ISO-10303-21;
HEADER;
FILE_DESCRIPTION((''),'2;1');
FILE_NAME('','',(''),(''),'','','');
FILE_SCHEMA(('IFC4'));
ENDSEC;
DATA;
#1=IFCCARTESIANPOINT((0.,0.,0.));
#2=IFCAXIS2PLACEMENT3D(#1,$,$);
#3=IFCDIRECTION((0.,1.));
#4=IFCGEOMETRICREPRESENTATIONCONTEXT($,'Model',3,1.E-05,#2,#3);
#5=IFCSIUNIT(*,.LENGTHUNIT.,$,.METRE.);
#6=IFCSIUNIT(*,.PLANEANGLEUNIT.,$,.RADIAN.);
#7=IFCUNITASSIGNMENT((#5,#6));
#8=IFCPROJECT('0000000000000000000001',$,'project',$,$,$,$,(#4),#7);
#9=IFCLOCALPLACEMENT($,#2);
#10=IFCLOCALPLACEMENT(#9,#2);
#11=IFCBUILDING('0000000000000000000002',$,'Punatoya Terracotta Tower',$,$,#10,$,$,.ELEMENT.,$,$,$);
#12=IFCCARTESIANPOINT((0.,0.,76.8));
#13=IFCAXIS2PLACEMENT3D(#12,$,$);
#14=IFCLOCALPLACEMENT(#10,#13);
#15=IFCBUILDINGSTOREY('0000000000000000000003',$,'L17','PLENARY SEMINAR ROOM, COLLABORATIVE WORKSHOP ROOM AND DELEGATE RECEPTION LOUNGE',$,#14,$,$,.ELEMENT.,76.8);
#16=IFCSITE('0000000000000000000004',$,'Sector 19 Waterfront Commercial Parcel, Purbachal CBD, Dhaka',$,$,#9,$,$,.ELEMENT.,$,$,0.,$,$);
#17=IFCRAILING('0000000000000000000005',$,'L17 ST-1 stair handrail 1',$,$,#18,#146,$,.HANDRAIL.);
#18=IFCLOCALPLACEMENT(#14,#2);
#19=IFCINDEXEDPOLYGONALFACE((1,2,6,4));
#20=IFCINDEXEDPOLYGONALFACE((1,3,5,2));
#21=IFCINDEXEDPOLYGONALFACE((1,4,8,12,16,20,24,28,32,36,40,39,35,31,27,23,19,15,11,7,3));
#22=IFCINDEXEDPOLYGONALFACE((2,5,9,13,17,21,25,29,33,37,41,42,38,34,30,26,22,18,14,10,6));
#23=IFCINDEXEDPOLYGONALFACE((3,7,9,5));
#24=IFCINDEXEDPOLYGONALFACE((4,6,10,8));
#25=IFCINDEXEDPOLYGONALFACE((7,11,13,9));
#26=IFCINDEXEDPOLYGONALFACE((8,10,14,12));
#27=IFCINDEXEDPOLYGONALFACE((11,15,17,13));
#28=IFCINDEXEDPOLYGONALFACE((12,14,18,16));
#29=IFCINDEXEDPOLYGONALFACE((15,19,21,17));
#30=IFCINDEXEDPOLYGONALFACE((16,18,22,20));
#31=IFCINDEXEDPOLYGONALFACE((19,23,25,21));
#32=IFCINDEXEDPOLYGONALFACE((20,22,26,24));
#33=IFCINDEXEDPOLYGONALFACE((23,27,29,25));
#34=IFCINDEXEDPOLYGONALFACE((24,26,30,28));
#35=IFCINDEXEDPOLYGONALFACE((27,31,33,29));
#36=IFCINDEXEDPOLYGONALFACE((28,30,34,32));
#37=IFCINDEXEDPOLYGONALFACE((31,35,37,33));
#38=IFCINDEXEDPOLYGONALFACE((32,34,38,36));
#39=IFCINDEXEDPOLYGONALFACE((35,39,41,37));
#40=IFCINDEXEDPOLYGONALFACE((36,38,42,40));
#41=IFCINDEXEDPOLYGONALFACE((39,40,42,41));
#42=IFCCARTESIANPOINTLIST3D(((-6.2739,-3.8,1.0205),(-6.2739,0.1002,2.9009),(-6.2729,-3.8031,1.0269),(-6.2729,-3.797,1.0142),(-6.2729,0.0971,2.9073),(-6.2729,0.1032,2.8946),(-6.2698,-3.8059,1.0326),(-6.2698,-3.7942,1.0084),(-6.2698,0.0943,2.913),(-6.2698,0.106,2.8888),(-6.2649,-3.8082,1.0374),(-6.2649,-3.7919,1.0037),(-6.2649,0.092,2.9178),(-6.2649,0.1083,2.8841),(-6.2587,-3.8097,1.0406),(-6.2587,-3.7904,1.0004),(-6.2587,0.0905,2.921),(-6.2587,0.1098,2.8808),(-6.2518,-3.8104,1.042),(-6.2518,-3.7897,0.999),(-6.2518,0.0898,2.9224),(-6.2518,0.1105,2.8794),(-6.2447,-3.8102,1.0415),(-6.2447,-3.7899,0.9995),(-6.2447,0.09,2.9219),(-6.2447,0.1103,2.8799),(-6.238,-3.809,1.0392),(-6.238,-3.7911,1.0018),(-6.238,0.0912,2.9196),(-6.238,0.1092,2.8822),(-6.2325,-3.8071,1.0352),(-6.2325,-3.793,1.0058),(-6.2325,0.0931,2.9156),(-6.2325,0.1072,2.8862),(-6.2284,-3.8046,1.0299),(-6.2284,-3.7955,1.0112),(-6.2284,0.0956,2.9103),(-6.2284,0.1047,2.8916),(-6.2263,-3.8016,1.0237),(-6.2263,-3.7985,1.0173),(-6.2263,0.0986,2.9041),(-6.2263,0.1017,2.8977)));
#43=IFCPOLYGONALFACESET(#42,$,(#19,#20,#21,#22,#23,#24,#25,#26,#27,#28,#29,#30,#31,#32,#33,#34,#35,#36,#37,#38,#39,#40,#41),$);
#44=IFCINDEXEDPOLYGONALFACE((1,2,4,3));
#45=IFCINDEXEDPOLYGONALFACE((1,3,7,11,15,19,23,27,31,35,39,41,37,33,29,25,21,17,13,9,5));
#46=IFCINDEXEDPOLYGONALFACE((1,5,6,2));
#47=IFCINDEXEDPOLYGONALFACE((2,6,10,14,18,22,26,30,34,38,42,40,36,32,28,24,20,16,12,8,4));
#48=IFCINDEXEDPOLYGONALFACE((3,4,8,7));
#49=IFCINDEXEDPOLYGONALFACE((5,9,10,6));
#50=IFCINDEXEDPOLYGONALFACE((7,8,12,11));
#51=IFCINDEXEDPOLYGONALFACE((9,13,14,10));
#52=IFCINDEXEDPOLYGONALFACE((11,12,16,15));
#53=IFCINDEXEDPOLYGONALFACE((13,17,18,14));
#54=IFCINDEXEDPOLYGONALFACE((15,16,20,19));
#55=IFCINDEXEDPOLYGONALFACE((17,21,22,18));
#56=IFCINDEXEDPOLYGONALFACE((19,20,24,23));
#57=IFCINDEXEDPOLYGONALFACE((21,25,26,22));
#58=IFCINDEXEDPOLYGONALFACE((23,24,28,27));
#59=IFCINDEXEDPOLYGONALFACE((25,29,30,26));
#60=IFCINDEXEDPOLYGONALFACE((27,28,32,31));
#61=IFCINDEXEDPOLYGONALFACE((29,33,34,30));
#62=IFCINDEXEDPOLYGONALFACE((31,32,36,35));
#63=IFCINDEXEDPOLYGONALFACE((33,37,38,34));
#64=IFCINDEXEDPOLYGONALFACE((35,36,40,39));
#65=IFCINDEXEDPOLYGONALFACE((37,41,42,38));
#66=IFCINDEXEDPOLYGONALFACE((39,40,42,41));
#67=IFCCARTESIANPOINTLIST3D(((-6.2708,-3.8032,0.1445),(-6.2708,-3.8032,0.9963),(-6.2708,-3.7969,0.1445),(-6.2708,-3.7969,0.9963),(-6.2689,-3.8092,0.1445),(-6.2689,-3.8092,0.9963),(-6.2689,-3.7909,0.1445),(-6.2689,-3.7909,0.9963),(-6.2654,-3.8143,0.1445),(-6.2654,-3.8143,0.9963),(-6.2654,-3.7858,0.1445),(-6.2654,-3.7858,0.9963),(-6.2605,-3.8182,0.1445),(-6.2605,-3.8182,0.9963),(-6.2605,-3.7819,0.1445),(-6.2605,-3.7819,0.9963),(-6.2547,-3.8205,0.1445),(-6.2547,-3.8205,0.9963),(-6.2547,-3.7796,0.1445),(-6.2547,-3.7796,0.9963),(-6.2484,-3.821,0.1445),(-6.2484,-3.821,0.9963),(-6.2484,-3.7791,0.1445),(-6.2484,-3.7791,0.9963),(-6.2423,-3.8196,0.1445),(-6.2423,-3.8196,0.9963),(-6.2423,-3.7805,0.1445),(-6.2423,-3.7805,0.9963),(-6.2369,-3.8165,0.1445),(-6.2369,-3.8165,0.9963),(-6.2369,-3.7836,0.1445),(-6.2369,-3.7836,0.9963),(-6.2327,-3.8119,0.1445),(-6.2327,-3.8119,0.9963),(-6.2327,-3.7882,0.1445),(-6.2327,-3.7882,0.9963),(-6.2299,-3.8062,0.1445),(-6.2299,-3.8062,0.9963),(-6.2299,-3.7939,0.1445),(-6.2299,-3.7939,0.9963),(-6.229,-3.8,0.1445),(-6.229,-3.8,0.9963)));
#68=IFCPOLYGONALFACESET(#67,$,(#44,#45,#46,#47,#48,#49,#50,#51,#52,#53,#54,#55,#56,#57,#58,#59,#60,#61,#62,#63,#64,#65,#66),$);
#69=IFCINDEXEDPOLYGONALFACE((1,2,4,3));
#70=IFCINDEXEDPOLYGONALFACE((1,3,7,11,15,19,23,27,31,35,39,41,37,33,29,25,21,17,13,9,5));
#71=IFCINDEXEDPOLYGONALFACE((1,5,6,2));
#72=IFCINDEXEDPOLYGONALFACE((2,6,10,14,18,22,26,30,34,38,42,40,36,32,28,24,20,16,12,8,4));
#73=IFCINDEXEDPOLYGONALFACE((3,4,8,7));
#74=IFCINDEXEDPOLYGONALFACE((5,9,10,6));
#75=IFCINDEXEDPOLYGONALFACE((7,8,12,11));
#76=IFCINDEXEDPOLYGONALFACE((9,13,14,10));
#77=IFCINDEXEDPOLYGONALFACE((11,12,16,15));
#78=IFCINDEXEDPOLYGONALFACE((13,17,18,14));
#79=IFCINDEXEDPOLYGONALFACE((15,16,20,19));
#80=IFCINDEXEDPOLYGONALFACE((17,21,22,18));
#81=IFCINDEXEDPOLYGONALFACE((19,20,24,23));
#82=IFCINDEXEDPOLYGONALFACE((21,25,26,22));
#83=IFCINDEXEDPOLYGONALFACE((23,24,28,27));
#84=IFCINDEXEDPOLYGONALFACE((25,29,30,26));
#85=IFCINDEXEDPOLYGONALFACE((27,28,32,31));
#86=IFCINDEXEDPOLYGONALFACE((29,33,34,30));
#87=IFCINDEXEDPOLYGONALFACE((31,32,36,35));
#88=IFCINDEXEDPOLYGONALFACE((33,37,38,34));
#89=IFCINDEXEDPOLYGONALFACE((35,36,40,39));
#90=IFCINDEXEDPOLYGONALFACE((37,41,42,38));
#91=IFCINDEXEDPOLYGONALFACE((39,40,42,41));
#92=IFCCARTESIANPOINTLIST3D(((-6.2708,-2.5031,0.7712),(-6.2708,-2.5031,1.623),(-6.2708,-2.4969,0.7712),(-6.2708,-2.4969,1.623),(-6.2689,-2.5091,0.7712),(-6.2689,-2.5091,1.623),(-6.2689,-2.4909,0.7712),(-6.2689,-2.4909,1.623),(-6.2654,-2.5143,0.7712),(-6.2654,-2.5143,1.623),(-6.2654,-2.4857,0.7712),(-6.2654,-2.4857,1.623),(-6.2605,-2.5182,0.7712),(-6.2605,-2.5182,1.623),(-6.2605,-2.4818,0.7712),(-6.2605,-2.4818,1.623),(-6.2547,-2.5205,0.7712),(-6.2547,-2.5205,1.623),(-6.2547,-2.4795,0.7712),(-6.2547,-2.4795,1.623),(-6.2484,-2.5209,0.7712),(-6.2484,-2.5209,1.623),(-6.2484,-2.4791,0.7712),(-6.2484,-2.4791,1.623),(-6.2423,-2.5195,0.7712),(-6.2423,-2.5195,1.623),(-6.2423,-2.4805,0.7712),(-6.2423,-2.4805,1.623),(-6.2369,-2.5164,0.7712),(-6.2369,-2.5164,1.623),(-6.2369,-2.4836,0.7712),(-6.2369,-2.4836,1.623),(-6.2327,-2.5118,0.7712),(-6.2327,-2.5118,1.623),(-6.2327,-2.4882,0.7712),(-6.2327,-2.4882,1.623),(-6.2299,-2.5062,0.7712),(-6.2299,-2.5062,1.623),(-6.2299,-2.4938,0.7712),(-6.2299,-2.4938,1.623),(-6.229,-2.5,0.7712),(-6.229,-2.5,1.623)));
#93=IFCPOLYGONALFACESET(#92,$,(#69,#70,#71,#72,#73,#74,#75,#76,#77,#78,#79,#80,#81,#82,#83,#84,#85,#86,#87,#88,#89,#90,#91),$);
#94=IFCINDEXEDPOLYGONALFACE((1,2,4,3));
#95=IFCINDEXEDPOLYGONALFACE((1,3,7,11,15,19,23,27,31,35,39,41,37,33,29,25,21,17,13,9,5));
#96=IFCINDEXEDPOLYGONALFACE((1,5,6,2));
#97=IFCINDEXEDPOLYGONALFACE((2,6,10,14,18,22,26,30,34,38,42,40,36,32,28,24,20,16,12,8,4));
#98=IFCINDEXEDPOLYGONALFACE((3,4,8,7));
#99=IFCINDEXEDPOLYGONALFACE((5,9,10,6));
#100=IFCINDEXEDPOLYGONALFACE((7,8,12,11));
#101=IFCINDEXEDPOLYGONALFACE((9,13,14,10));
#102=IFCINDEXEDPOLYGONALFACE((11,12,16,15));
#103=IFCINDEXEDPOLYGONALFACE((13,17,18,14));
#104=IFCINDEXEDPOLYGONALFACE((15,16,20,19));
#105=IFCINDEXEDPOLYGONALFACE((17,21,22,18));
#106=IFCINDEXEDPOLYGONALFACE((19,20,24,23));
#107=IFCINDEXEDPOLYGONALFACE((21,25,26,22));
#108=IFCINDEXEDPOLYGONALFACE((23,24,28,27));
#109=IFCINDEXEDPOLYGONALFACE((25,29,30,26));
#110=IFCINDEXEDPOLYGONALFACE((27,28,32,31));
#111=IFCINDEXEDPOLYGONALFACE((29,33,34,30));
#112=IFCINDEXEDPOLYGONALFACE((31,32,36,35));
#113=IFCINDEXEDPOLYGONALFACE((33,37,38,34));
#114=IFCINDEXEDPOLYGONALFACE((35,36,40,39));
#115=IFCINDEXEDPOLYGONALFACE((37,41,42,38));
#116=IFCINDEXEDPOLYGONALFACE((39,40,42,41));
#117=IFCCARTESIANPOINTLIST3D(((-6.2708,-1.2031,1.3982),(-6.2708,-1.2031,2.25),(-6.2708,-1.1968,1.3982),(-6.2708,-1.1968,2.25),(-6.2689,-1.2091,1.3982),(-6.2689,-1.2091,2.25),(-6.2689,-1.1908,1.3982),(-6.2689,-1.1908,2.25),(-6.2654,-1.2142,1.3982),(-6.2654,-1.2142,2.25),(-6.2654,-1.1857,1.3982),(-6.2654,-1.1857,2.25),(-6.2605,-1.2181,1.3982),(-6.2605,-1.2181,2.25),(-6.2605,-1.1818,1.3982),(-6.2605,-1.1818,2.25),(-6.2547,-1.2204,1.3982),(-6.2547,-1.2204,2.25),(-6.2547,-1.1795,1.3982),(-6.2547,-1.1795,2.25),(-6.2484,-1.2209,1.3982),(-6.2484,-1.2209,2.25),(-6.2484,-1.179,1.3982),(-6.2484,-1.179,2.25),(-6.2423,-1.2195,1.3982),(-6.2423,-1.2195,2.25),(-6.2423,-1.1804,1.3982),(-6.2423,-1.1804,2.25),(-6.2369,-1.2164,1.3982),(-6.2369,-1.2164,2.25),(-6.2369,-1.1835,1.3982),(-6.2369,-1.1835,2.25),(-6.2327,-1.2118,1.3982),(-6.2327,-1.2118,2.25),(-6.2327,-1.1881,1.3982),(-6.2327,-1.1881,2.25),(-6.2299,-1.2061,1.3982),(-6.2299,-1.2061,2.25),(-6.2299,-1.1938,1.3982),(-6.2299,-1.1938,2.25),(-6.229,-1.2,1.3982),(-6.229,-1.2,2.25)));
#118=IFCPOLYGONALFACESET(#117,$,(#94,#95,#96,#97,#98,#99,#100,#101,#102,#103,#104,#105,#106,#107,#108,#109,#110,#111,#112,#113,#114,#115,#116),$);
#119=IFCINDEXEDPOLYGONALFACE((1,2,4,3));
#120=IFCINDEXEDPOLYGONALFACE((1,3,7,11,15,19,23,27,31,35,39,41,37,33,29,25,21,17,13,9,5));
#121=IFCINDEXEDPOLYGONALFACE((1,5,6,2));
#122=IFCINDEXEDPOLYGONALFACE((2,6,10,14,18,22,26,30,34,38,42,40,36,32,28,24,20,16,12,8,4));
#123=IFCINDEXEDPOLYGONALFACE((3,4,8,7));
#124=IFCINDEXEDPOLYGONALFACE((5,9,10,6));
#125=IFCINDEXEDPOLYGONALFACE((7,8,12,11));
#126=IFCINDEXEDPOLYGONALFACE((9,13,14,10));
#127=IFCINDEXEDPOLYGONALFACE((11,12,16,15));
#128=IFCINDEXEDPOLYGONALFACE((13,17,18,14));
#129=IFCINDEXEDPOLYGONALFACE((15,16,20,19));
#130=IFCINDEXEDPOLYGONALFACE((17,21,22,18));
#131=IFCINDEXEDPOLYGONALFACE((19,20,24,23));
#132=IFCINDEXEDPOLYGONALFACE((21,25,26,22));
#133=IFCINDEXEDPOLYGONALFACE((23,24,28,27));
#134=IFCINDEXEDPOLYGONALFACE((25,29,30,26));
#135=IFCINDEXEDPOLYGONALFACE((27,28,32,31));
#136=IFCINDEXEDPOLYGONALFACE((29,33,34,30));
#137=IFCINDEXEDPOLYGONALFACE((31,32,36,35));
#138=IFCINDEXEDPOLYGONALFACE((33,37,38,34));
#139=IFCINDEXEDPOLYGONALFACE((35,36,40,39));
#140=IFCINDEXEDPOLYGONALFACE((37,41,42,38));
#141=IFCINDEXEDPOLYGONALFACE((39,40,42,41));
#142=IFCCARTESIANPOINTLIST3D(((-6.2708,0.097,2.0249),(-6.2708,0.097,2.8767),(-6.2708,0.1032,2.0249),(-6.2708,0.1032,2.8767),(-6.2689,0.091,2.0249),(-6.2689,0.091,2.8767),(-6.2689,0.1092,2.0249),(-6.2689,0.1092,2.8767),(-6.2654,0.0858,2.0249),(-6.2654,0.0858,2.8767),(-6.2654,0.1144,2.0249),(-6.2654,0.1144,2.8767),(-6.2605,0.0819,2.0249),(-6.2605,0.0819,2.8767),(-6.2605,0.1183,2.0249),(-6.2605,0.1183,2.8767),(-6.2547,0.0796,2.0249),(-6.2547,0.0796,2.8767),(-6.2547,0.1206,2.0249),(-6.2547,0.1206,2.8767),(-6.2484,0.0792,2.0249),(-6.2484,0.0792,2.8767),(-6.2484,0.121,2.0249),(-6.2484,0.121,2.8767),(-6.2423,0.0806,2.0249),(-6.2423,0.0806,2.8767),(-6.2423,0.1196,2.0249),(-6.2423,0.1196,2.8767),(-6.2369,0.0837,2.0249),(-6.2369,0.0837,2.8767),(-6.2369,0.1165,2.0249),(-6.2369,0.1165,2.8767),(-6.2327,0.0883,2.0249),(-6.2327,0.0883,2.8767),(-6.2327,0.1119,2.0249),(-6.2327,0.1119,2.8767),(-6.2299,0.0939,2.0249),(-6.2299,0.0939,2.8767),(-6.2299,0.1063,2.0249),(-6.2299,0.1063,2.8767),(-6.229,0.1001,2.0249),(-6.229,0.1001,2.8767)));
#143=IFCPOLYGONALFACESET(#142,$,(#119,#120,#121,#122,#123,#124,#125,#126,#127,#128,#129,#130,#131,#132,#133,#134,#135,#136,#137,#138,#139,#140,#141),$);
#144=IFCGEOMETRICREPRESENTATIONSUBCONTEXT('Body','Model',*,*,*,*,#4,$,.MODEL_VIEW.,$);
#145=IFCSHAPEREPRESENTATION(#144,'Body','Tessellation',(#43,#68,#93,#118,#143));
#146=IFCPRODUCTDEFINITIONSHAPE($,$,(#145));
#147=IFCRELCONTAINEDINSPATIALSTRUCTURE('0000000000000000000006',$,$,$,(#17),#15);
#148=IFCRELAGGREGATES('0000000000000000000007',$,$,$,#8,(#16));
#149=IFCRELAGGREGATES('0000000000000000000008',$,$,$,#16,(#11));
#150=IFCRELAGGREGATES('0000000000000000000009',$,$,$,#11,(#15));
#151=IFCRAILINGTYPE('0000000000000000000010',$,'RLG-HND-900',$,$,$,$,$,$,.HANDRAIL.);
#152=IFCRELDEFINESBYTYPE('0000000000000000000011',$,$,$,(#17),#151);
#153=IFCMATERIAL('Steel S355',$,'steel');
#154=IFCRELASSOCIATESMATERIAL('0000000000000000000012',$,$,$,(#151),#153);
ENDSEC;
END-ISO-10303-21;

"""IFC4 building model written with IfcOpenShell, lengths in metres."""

from ifc_helpers import new_model, si_unit, direction, frame, origin, origin_2d, place, context, subcontext, project, spatial, circle, extrude, material, type_object, element, save


model = new_model("IFC4")

# Units and contexts
model_context = context("Model", 3, precision=1e-05, world=origin(), true_north=direction((0.0, 1.0)))
body_context = subcontext(model_context, "Body", "Model", "MODEL_VIEW")
ifc_project = project(units=[si_unit("LENGTHUNIT", "METRE"), si_unit("PLANEANGLEUNIT", "RADIAN")], contexts=[model_context])

# Site, building, storey
site_placement = place(None, origin())
site = spatial("IfcSite", under=ifc_project, at=site_placement, Name="Sector 19 Waterfront Commercial Parcel, Purbachal CBD, Dhaka", CompositionType="ELEMENT", RefElevation=0.0)
building_placement = place(site_placement, origin())
building = spatial("IfcBuilding", under=site, at=building_placement, Name="Punatoya Terracotta Tower", CompositionType="ELEMENT")
storey_placement = place(building_placement, frame((0.0, 0.0, 76.8)))
storey = spatial("IfcBuildingStorey", under=building, at=storey_placement, Name="L17", Description="PLENARY SEMINAR ROOM, COLLABORATIVE WORKSHOP ROOM AND DELEGATE RECEPTION LOUNGE", CompositionType="ELEMENT", Elevation=76.8)

# Railing
ifc_material_1 = material(Name="Steel S355", Category="steel")
railing_type_1 = type_object("IfcRailingType", Name="RLG-HND-900", PredefinedType="HANDRAIL", material=ifc_material_1)
railing_1_placement = place(storey_placement, frame((-6.25, -3.8, 0.1445)))
element("IfcRailing", 1, at=railing_1_placement, inside=storey, type_object=railing_type_1, Name="L17 ST-1 stair handrail 1", PredefinedType="HANDRAIL", context=body_context, shape_type="SweptSolid", body=[
    extrude(circle(Radius=0.0239, at=origin_2d()), frame((0.0, 0.0, 0.876), z_axis=(0.0, 0.900774, 0.434289), x_axis=(-1.0, 0.0, 0.0)), (0.0, 0.0, 1.0), 4.3298),
    extrude(circle(Radius=0.021, at=origin_2d()), origin(), (0.0, 0.0, 1.0), 0.8518),
    extrude(circle(Radius=0.021, at=origin_2d()), frame((0.0, 1.3, 0.6267)), (0.0, 0.0, 1.0), 0.8518),
    extrude(circle(Radius=0.021, at=origin_2d()), frame((0.0, 2.6001, 1.2537)), (0.0, 0.0, 1.0), 0.8518),
    extrude(circle(Radius=0.021, at=origin_2d()), frame((0.0, 3.9001, 1.8804)), (0.0, 0.0, 1.0), 0.8518),
])

save(model, "model.ifc")
